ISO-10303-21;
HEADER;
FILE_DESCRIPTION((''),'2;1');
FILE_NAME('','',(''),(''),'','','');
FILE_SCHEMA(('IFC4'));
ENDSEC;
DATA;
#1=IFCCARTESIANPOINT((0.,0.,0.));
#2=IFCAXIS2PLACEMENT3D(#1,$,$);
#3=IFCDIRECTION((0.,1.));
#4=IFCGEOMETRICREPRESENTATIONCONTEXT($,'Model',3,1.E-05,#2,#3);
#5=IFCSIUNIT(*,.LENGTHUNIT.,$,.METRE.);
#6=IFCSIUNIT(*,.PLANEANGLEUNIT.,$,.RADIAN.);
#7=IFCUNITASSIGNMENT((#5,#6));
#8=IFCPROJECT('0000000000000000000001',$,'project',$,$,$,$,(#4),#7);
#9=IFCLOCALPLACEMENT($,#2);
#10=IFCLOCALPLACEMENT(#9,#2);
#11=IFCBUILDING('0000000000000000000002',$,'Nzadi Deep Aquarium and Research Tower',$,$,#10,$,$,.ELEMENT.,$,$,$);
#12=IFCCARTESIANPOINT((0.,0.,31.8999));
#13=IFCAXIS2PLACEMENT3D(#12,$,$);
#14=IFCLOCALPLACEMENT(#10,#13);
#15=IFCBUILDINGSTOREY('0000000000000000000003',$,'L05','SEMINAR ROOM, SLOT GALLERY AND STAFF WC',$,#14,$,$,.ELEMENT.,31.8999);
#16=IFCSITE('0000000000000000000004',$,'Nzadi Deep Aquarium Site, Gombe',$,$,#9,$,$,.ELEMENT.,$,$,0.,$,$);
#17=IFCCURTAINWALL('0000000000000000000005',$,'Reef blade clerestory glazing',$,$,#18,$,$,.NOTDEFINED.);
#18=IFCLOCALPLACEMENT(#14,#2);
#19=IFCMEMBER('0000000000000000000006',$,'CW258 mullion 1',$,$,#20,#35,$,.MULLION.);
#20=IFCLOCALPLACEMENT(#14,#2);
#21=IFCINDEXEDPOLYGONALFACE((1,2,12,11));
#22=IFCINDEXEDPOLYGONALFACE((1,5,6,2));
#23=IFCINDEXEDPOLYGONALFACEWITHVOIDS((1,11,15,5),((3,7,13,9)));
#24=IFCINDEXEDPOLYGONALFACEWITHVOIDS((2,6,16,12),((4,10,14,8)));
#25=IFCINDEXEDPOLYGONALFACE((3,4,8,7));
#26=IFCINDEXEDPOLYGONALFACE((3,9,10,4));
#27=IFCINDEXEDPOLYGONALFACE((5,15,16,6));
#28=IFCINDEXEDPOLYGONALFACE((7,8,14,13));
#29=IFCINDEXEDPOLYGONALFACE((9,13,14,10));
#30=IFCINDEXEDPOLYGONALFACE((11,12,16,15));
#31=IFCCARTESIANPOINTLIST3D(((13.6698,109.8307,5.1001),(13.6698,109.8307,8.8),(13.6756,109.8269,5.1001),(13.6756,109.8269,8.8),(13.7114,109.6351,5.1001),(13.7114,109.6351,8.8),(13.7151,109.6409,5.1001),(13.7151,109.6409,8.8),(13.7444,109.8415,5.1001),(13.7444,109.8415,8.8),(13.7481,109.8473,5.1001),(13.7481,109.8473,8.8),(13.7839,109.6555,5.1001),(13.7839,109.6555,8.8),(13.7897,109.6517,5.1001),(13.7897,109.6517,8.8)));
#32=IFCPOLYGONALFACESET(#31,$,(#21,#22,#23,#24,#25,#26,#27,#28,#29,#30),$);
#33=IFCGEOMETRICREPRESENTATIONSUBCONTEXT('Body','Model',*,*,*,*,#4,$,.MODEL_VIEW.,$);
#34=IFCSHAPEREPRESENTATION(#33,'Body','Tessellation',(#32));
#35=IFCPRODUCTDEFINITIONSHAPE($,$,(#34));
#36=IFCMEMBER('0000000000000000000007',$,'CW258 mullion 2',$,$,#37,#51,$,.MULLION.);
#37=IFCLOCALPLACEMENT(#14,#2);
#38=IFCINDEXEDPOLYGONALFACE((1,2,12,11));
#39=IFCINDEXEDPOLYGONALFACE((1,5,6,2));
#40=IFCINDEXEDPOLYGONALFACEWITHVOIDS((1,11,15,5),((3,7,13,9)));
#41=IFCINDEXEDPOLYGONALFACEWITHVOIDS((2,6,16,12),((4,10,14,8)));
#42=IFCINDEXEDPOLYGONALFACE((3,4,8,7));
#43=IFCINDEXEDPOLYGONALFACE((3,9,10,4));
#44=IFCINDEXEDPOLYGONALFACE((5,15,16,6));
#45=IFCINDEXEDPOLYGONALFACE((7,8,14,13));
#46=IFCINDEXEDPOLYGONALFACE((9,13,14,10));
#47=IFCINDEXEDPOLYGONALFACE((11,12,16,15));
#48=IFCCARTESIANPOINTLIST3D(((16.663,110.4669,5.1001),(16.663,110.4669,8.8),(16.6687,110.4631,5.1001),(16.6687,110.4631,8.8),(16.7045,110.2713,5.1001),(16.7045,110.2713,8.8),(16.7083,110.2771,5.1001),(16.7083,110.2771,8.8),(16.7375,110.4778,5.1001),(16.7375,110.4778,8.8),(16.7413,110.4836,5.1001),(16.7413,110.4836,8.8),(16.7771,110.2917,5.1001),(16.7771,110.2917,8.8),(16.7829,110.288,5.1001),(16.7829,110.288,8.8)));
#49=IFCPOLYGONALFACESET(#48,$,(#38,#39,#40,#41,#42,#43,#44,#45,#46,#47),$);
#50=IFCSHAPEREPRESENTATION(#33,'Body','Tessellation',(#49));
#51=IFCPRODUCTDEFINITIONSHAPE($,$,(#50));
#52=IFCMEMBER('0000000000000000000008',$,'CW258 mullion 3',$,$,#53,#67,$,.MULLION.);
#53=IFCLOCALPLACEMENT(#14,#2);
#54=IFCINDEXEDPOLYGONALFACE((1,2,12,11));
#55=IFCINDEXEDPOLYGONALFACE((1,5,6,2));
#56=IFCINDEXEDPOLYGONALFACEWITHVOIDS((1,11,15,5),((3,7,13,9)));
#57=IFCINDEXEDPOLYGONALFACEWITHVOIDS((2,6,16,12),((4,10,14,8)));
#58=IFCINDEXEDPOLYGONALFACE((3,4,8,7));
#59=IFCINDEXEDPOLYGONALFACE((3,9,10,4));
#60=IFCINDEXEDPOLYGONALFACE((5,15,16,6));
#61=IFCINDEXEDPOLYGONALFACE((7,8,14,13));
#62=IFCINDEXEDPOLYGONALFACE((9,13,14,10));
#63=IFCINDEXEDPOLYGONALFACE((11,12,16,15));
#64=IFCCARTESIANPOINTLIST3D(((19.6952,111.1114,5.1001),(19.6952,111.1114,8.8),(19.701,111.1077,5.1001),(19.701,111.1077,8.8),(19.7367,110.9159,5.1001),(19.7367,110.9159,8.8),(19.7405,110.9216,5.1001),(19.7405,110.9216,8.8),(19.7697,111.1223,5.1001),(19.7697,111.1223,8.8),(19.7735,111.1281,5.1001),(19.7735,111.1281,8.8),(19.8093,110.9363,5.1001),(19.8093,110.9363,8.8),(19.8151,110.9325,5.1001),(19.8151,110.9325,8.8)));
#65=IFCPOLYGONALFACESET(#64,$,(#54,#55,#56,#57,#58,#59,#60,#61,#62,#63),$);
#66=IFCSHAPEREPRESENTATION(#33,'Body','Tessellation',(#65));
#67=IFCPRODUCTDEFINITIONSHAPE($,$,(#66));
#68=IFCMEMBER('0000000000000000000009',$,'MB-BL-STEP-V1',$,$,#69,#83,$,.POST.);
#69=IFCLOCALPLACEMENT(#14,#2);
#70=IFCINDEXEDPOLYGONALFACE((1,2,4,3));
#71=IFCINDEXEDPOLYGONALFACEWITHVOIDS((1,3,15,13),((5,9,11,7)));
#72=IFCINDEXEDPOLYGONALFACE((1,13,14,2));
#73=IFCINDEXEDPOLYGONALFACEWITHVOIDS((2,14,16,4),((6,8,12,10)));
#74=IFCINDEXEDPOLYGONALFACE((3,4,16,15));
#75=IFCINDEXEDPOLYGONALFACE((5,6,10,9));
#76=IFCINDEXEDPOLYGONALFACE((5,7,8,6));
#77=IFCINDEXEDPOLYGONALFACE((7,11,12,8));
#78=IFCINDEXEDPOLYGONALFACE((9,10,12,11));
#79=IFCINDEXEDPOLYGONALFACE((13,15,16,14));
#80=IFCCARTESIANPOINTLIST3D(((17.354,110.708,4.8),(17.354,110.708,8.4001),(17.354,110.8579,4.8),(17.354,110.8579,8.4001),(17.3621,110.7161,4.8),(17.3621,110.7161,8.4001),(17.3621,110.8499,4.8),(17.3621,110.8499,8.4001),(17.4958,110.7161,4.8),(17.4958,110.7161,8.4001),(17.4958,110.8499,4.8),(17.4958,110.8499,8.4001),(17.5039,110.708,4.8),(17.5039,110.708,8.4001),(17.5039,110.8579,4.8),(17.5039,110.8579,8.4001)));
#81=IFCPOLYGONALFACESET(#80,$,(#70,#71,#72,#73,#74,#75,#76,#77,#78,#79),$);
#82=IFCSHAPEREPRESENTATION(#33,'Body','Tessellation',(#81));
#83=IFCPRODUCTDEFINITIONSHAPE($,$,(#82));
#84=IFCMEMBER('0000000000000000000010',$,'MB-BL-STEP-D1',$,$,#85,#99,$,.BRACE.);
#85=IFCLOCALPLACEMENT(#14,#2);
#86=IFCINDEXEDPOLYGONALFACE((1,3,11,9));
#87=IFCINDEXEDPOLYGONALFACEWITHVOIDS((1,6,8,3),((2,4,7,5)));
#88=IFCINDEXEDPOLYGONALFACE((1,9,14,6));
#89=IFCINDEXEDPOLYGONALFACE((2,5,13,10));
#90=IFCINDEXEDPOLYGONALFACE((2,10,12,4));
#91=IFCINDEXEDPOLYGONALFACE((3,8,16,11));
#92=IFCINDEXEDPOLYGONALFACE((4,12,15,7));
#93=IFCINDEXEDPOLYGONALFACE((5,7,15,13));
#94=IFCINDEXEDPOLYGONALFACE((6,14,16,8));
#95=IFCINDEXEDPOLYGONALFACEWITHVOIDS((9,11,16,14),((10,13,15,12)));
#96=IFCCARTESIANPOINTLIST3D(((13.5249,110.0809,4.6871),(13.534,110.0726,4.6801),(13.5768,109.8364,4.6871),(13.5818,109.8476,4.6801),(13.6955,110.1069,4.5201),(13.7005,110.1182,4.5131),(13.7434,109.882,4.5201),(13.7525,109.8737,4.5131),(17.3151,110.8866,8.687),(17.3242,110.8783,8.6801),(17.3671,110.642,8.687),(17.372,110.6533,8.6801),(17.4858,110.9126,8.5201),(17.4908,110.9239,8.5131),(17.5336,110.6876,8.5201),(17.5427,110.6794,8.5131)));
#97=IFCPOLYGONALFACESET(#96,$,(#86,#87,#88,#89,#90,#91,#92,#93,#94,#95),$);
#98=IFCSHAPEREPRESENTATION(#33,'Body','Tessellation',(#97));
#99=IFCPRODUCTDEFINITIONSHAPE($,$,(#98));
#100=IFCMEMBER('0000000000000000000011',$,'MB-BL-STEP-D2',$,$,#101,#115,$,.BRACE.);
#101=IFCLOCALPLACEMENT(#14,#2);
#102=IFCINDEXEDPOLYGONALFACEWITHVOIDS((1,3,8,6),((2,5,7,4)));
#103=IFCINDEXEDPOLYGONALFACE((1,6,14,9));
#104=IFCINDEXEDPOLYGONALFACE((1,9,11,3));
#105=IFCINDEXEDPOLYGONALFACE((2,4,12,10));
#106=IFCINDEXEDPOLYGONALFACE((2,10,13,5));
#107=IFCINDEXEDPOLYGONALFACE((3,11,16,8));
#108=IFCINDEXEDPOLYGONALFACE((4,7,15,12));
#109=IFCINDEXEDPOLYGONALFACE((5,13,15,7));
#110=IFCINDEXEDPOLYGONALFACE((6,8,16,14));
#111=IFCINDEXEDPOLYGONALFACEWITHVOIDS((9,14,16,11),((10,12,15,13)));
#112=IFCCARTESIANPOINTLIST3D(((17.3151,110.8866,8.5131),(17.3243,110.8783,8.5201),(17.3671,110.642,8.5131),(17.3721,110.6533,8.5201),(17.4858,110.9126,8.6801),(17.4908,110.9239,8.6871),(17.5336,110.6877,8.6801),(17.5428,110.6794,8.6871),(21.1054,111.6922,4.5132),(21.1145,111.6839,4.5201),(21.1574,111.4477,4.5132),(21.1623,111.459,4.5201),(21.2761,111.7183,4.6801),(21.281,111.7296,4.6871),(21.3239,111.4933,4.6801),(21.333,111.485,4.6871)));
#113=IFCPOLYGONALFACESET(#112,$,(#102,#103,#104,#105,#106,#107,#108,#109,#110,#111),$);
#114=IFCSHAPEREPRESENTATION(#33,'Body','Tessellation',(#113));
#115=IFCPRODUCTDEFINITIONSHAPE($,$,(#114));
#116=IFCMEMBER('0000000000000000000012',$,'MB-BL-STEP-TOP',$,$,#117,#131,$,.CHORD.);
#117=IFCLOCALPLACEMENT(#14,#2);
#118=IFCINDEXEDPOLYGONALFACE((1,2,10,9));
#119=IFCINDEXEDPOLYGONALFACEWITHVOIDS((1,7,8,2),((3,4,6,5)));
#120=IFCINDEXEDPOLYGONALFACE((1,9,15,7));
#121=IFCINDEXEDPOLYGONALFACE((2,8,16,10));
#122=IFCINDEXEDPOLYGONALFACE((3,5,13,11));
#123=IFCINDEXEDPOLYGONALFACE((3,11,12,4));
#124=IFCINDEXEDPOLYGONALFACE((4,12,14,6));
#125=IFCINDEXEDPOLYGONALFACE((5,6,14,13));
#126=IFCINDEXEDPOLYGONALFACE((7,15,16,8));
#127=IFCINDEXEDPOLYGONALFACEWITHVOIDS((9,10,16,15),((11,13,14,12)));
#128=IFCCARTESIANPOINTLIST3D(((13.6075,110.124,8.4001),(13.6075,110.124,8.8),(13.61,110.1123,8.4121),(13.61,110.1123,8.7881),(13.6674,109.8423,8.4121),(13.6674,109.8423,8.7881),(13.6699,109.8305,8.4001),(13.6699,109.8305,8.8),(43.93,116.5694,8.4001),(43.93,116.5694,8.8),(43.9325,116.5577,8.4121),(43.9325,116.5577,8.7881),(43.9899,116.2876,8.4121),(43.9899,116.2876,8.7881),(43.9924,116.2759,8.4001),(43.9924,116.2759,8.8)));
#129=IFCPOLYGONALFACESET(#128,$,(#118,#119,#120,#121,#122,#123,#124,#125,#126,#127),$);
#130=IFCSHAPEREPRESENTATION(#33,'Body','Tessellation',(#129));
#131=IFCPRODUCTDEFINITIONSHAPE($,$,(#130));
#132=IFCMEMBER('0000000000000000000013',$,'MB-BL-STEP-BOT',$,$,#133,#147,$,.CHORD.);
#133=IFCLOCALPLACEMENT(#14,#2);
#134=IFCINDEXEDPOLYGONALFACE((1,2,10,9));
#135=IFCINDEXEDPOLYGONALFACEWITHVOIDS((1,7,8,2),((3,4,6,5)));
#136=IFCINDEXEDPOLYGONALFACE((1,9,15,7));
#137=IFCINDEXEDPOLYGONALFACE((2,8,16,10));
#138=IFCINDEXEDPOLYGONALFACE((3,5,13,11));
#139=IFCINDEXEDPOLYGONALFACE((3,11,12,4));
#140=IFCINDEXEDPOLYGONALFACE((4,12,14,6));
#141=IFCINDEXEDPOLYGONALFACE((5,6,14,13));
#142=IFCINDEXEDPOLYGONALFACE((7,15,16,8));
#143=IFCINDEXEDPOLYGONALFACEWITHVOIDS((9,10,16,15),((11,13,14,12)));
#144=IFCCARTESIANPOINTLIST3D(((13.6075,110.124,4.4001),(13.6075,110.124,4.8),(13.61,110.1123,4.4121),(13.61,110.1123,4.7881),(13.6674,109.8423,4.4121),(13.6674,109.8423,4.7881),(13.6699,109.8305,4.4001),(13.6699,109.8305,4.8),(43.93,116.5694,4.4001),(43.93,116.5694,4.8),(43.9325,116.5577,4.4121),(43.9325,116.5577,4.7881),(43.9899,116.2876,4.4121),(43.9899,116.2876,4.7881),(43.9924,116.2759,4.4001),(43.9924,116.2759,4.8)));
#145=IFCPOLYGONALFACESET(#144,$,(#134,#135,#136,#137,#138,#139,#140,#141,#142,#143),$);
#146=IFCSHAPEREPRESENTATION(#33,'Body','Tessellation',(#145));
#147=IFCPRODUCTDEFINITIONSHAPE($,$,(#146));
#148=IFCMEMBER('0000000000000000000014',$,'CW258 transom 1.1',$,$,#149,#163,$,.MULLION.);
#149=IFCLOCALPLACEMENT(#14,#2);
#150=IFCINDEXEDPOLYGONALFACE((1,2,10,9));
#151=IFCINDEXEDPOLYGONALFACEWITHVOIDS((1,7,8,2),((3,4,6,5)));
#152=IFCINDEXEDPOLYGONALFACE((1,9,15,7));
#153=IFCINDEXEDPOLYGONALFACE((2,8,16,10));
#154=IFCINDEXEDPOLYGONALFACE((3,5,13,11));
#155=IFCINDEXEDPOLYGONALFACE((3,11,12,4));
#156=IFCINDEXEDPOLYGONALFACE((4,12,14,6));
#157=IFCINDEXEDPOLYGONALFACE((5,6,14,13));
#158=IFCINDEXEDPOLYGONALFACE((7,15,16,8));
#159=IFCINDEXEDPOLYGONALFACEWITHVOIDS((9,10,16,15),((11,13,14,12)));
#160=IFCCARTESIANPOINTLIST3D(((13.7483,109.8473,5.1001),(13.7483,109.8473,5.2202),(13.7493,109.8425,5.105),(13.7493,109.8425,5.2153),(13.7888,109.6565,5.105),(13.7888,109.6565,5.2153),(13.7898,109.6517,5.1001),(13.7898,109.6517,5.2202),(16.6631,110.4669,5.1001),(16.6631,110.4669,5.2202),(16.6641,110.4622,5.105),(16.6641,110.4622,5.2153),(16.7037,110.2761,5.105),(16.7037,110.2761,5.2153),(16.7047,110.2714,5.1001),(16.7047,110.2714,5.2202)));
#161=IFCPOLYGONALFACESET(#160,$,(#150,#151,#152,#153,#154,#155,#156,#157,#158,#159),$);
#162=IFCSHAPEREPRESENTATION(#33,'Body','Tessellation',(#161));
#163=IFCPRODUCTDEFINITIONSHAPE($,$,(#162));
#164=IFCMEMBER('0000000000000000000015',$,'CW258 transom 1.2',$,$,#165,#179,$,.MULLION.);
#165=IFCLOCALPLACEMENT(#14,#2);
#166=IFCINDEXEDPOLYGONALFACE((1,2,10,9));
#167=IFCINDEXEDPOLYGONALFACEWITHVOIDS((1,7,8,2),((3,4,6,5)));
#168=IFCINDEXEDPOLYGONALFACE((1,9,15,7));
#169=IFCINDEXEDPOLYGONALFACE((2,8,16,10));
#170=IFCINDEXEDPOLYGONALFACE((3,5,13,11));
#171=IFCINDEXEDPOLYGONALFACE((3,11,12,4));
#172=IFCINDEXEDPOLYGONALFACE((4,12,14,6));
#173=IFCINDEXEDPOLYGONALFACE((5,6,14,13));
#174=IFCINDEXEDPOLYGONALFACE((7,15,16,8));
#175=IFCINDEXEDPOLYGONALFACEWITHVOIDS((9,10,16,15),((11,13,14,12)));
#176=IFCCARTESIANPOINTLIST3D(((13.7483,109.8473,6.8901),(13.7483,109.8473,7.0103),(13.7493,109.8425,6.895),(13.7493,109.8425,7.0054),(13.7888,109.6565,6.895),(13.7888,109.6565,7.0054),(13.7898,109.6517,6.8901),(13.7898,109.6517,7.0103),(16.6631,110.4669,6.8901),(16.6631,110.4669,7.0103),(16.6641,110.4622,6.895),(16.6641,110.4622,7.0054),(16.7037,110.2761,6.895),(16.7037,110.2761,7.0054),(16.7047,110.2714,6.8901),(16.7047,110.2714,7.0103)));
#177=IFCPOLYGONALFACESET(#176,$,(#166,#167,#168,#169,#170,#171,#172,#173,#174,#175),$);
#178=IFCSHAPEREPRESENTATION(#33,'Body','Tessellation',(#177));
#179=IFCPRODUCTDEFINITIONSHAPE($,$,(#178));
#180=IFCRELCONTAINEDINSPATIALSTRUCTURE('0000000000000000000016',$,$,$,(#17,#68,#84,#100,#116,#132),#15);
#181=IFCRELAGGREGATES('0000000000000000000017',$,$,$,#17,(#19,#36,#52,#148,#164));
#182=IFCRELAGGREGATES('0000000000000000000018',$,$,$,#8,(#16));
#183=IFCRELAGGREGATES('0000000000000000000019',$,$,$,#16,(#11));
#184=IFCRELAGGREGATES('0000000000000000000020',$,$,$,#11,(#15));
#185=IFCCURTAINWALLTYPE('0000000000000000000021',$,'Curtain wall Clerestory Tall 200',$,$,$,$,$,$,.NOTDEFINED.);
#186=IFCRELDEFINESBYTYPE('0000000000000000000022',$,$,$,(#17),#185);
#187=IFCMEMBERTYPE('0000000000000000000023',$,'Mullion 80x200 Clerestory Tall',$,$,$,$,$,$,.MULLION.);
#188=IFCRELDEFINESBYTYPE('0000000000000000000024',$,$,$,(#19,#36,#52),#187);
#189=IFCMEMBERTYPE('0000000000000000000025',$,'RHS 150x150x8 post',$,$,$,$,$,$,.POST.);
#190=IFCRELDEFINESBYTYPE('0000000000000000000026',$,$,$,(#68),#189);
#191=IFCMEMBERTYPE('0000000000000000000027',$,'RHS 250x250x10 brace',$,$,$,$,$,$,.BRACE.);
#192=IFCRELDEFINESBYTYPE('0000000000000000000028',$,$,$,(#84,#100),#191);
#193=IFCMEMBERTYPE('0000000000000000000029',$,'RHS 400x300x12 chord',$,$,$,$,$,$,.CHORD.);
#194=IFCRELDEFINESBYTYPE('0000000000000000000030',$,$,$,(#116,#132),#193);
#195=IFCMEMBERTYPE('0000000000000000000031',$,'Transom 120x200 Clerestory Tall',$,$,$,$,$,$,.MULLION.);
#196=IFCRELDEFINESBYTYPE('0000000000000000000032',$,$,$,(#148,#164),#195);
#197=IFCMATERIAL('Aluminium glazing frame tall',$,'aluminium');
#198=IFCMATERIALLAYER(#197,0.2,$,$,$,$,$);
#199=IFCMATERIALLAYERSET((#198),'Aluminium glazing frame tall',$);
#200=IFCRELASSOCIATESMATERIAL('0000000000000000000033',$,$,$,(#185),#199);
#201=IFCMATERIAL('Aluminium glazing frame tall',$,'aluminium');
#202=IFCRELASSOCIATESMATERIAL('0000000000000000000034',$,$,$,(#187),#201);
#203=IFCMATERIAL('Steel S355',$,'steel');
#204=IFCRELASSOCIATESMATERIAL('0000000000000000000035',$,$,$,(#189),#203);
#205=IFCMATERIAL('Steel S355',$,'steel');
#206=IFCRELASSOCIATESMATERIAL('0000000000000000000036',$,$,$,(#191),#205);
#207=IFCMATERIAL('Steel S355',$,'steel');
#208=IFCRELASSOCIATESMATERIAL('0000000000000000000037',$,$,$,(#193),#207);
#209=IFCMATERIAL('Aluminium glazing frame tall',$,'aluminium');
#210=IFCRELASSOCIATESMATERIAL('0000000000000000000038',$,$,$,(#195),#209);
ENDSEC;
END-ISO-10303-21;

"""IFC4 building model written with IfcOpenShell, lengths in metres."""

from ifc_helpers import new_model, si_unit, direction, frame, origin, origin_2d, place, context, subcontext, project, spatial, hollow_rectangle, extrude, material, layer, layer_set, material_profile, profile_set, type_object, element, aggregate, save


model = new_model("IFC4")

# Units and contexts
model_context = context("Model", 3, precision=1e-05, world=origin(), true_north=direction((0.0, 1.0)))
body_context = subcontext(model_context, "Body", "Model", "MODEL_VIEW")
ifc_project = project(units=[si_unit("LENGTHUNIT", "METRE"), si_unit("PLANEANGLEUNIT", "RADIAN")], contexts=[model_context])

# Site, building, storey
site_placement = place(None, origin())
site = spatial("IfcSite", under=ifc_project, at=site_placement, Name="Nzadi Deep Aquarium Site, Gombe", CompositionType="ELEMENT", RefElevation=0.0)
building_placement = place(site_placement, origin())
building = spatial("IfcBuilding", under=site, at=building_placement, Name="Nzadi Deep Aquarium and Research Tower", CompositionType="ELEMENT")
storey_placement = place(building_placement, frame((0.0, 0.0, 31.8999)))
storey = spatial("IfcBuildingStorey", under=building, at=storey_placement, Name="L05", Description="SEMINAR ROOM, SLOT GALLERY AND STAFF WC", CompositionType="ELEMENT", Elevation=31.8999)

# Curtain wall, members
ifc_material_1 = material(Name="Aluminium glazing frame tall", Category="aluminium")
ifc_layer_1 = layer(ifc_material_1, 0.2)
ifc_layer_set_1 = layer_set([ifc_layer_1], Name="Aluminium glazing frame tall")
curtain_wall_type = type_object("IfcCurtainWallType", Name="Curtain wall Clerestory Tall 200", PredefinedType="NOTDEFINED", material=ifc_layer_set_1)
curtain_wall_placement = place(storey_placement, origin())
curtain_wall = element("IfcCurtainWall", 1, at=curtain_wall_placement, inside=storey, type_object=curtain_wall_type, Name="Reef blade clerestory glazing", PredefinedType="NOTDEFINED")
ifc_material_2 = material(Name="Aluminium glazing frame tall", Category="aluminium")
ifc_material_profile_1 = material_profile(ifc_material_2, hollow_rectangle(XDim=0.2, YDim=0.0801, WallThickness=0.0049, at=origin_2d()))
ifc_profile_set_1 = profile_set([ifc_material_profile_1], Name="Aluminium glazing frame tall")
member_type_1 = type_object("IfcMemberType", Name="Mullion 80x200 Clerestory Tall", PredefinedType="MULLION", material=ifc_profile_set_1)
member_1_placement = place(storey_placement, frame((13.7297, 109.7412, 5.1001), z_axis=(0.0, 0.0, 1.0), x_axis=(-0.207912, 0.978148, 0.0)))
member_1 = element("IfcMember", 2, at=member_1_placement, type_object=member_type_1, Name="CW258 mullion 1", PredefinedType="MULLION", context=body_context, shape_type="SweptSolid", body=[
    extrude(hollow_rectangle(XDim=0.2, YDim=0.0801, WallThickness=0.0049, at=origin_2d()), origin(), (0.0, 0.0, 1.0), 3.7),
])
member_2_placement = place(storey_placement, frame((16.7229, 110.3774, 5.1001), z_axis=(0.0, 0.0, 1.0), x_axis=(-0.207912, 0.978148, 0.0)))
member_2 = element("IfcMember", 3, at=member_2_placement, type_object=member_type_1, Name="CW258 mullion 2", PredefinedType="MULLION", context=body_context, shape_type="SweptSolid", body=[
    extrude(hollow_rectangle(XDim=0.2, YDim=0.0801, WallThickness=0.0049, at=origin_2d()), origin(), (0.0, 0.0, 1.0), 3.7),
])
member_3_placement = place(storey_placement, frame((19.7551, 111.022, 5.1001), z_axis=(0.0, 0.0, 1.0), x_axis=(-0.207912, 0.978148, 0.0)))
member_3 = element("IfcMember", 4, at=member_3_placement, type_object=member_type_1, Name="CW258 mullion 3", PredefinedType="MULLION", context=body_context, shape_type="SweptSolid", body=[
    extrude(hollow_rectangle(XDim=0.2, YDim=0.0801, WallThickness=0.0049, at=origin_2d()), origin(), (0.0, 0.0, 1.0), 3.7),
])

# Members
ifc_material_3 = material(Name="Steel S355", Category="steel")
ifc_material_profile_2 = material_profile(ifc_material_3, hollow_rectangle(XDim=0.1499, YDim=0.1499, WallThickness=0.0081, at=origin_2d()))
ifc_profile_set_2 = profile_set([ifc_material_profile_2], Name="Steel S355")
member_type_2 = type_object("IfcMemberType", Name="RHS 150x150x8 post", PredefinedType="POST", material=ifc_profile_set_2)
member_4_placement = place(storey_placement, frame((17.429, 110.783, 4.8), z_axis=(0.0, 0.0, 1.0), x_axis=(1.0, 0.0, 0.0)))
element("IfcMember", 5, at=member_4_placement, inside=storey, type_object=member_type_2, Name="MB-BL-STEP-V1", PredefinedType="POST", context=body_context, shape_type="SweptSolid", body=[
    extrude(hollow_rectangle(XDim=0.1499, YDim=0.1499, WallThickness=0.0081, at=origin_2d()), origin(), (0.0, 0.0, 1.0), 3.6001),
])
ifc_material_4 = material(Name="Steel S355", Category="steel")
ifc_material_profile_3 = material_profile(ifc_material_4, hollow_rectangle(XDim=0.25, YDim=0.25, WallThickness=0.01, at=origin_2d()))
ifc_profile_set_3 = profile_set([ifc_material_profile_3], Name="Steel S355")
member_type_3 = type_object("IfcMemberType", Name="RHS 250x250x10 brace", PredefinedType="BRACE", material=ifc_profile_set_3)
for number, where, z_axis, x_axis, name in (
    (6, (13.6387, 109.9773, 4.6001), (0.680587, 0.144666, 0.718244), (-0.207915, 0.978147, 0.0), "MB-BL-STEP-D1"),
    (7, (17.429, 110.783, 8.6001), (0.680587, 0.144666, -0.718244), (-0.207915, 0.978147, 0.0), "MB-BL-STEP-D2"),
):
    element("IfcMember", number, at=place(storey_placement, frame(where, z_axis=z_axis, x_axis=x_axis)), inside=storey, type_object=member_type_3, Name=name, PredefinedType="BRACE", context=body_context, shape_type="SweptSolid", body=[
        extrude(hollow_rectangle(XDim=0.25, YDim=0.25, WallThickness=0.01, at=origin_2d()), origin(), (0.0, 0.0, 1.0), 5.5691),
    ])
ifc_material_5 = material(Name="Steel S355", Category="steel")
ifc_material_profile_4 = material_profile(ifc_material_5, hollow_rectangle(XDim=0.3, YDim=0.3999, WallThickness=0.012, at=origin_2d()))
ifc_profile_set_4 = profile_set([ifc_material_profile_4], Name="Steel S355")
member_type_4 = type_object("IfcMemberType", Name="RHS 400x300x12 chord", PredefinedType="CHORD", material=ifc_profile_set_4)
for number, where, z_axis, x_axis, name in (
    (8, (13.6387, 109.9773, 8.6001), (0.978147, 0.207914, 0.0), (-0.207914, 0.978147, 0.0), "MB-BL-STEP-TOP"),
    (9, (13.6387, 109.9773, 4.6001), (0.978147, 0.207914, 0.0), (-0.207914, 0.978147, 0.0), "MB-BL-STEP-BOT"),
):
    element("IfcMember", number, at=place(storey_placement, frame(where, z_axis=z_axis, x_axis=x_axis)), inside=storey, type_object=member_type_4, Name=name, PredefinedType="CHORD", context=body_context, shape_type="SweptSolid", body=[
        extrude(hollow_rectangle(XDim=0.3, YDim=0.3999, WallThickness=0.012, at=origin_2d()), origin(), (0.0, 0.0, 1.0), 31.0),
    ])

# Members
ifc_material_6 = material(Name="Aluminium glazing frame tall", Category="aluminium")
ifc_material_profile_5 = material_profile(ifc_material_6, hollow_rectangle(XDim=0.2, YDim=0.1201, WallThickness=0.0049, at=origin_2d()))
ifc_profile_set_5 = profile_set([ifc_material_profile_5], Name="Aluminium glazing frame tall")
member_type_5 = type_object("IfcMemberType", Name="Transom 120x200 Clerestory Tall", PredefinedType="MULLION", material=ifc_profile_set_5)
member_5_placement = place(storey_placement, frame((13.769, 109.7495, 5.1602), z_axis=(0.978143, 0.207934, 0.0), x_axis=(-0.207934, 0.978143, 0.0)))
member_5 = element("IfcMember", 10, at=member_5_placement, type_object=member_type_5, Name="CW258 transom 1.1", PredefinedType="MULLION", context=body_context, shape_type="SweptSolid", body=[
    extrude(hollow_rectangle(XDim=0.2, YDim=0.1201, WallThickness=0.0049, at=origin_2d()), origin(), (0.0, 0.0, 1.0), 2.98),
])
member_6_placement = place(storey_placement, frame((13.769, 109.7495, 6.9502), z_axis=(0.978143, 0.207934, 0.0), x_axis=(-0.207934, 0.978143, 0.0)))
member_6 = element("IfcMember", 11, at=member_6_placement, type_object=member_type_5, Name="CW258 transom 1.2", PredefinedType="MULLION", context=body_context, shape_type="SweptSolid", body=[
    extrude(hollow_rectangle(XDim=0.2, YDim=0.1201, WallThickness=0.0049, at=origin_2d()), origin(), (0.0, 0.0, 1.0), 2.98),
])

aggregate(curtain_wall, [member_1, member_2, member_3, member_5, member_6])

save(model, "model.ifc")
